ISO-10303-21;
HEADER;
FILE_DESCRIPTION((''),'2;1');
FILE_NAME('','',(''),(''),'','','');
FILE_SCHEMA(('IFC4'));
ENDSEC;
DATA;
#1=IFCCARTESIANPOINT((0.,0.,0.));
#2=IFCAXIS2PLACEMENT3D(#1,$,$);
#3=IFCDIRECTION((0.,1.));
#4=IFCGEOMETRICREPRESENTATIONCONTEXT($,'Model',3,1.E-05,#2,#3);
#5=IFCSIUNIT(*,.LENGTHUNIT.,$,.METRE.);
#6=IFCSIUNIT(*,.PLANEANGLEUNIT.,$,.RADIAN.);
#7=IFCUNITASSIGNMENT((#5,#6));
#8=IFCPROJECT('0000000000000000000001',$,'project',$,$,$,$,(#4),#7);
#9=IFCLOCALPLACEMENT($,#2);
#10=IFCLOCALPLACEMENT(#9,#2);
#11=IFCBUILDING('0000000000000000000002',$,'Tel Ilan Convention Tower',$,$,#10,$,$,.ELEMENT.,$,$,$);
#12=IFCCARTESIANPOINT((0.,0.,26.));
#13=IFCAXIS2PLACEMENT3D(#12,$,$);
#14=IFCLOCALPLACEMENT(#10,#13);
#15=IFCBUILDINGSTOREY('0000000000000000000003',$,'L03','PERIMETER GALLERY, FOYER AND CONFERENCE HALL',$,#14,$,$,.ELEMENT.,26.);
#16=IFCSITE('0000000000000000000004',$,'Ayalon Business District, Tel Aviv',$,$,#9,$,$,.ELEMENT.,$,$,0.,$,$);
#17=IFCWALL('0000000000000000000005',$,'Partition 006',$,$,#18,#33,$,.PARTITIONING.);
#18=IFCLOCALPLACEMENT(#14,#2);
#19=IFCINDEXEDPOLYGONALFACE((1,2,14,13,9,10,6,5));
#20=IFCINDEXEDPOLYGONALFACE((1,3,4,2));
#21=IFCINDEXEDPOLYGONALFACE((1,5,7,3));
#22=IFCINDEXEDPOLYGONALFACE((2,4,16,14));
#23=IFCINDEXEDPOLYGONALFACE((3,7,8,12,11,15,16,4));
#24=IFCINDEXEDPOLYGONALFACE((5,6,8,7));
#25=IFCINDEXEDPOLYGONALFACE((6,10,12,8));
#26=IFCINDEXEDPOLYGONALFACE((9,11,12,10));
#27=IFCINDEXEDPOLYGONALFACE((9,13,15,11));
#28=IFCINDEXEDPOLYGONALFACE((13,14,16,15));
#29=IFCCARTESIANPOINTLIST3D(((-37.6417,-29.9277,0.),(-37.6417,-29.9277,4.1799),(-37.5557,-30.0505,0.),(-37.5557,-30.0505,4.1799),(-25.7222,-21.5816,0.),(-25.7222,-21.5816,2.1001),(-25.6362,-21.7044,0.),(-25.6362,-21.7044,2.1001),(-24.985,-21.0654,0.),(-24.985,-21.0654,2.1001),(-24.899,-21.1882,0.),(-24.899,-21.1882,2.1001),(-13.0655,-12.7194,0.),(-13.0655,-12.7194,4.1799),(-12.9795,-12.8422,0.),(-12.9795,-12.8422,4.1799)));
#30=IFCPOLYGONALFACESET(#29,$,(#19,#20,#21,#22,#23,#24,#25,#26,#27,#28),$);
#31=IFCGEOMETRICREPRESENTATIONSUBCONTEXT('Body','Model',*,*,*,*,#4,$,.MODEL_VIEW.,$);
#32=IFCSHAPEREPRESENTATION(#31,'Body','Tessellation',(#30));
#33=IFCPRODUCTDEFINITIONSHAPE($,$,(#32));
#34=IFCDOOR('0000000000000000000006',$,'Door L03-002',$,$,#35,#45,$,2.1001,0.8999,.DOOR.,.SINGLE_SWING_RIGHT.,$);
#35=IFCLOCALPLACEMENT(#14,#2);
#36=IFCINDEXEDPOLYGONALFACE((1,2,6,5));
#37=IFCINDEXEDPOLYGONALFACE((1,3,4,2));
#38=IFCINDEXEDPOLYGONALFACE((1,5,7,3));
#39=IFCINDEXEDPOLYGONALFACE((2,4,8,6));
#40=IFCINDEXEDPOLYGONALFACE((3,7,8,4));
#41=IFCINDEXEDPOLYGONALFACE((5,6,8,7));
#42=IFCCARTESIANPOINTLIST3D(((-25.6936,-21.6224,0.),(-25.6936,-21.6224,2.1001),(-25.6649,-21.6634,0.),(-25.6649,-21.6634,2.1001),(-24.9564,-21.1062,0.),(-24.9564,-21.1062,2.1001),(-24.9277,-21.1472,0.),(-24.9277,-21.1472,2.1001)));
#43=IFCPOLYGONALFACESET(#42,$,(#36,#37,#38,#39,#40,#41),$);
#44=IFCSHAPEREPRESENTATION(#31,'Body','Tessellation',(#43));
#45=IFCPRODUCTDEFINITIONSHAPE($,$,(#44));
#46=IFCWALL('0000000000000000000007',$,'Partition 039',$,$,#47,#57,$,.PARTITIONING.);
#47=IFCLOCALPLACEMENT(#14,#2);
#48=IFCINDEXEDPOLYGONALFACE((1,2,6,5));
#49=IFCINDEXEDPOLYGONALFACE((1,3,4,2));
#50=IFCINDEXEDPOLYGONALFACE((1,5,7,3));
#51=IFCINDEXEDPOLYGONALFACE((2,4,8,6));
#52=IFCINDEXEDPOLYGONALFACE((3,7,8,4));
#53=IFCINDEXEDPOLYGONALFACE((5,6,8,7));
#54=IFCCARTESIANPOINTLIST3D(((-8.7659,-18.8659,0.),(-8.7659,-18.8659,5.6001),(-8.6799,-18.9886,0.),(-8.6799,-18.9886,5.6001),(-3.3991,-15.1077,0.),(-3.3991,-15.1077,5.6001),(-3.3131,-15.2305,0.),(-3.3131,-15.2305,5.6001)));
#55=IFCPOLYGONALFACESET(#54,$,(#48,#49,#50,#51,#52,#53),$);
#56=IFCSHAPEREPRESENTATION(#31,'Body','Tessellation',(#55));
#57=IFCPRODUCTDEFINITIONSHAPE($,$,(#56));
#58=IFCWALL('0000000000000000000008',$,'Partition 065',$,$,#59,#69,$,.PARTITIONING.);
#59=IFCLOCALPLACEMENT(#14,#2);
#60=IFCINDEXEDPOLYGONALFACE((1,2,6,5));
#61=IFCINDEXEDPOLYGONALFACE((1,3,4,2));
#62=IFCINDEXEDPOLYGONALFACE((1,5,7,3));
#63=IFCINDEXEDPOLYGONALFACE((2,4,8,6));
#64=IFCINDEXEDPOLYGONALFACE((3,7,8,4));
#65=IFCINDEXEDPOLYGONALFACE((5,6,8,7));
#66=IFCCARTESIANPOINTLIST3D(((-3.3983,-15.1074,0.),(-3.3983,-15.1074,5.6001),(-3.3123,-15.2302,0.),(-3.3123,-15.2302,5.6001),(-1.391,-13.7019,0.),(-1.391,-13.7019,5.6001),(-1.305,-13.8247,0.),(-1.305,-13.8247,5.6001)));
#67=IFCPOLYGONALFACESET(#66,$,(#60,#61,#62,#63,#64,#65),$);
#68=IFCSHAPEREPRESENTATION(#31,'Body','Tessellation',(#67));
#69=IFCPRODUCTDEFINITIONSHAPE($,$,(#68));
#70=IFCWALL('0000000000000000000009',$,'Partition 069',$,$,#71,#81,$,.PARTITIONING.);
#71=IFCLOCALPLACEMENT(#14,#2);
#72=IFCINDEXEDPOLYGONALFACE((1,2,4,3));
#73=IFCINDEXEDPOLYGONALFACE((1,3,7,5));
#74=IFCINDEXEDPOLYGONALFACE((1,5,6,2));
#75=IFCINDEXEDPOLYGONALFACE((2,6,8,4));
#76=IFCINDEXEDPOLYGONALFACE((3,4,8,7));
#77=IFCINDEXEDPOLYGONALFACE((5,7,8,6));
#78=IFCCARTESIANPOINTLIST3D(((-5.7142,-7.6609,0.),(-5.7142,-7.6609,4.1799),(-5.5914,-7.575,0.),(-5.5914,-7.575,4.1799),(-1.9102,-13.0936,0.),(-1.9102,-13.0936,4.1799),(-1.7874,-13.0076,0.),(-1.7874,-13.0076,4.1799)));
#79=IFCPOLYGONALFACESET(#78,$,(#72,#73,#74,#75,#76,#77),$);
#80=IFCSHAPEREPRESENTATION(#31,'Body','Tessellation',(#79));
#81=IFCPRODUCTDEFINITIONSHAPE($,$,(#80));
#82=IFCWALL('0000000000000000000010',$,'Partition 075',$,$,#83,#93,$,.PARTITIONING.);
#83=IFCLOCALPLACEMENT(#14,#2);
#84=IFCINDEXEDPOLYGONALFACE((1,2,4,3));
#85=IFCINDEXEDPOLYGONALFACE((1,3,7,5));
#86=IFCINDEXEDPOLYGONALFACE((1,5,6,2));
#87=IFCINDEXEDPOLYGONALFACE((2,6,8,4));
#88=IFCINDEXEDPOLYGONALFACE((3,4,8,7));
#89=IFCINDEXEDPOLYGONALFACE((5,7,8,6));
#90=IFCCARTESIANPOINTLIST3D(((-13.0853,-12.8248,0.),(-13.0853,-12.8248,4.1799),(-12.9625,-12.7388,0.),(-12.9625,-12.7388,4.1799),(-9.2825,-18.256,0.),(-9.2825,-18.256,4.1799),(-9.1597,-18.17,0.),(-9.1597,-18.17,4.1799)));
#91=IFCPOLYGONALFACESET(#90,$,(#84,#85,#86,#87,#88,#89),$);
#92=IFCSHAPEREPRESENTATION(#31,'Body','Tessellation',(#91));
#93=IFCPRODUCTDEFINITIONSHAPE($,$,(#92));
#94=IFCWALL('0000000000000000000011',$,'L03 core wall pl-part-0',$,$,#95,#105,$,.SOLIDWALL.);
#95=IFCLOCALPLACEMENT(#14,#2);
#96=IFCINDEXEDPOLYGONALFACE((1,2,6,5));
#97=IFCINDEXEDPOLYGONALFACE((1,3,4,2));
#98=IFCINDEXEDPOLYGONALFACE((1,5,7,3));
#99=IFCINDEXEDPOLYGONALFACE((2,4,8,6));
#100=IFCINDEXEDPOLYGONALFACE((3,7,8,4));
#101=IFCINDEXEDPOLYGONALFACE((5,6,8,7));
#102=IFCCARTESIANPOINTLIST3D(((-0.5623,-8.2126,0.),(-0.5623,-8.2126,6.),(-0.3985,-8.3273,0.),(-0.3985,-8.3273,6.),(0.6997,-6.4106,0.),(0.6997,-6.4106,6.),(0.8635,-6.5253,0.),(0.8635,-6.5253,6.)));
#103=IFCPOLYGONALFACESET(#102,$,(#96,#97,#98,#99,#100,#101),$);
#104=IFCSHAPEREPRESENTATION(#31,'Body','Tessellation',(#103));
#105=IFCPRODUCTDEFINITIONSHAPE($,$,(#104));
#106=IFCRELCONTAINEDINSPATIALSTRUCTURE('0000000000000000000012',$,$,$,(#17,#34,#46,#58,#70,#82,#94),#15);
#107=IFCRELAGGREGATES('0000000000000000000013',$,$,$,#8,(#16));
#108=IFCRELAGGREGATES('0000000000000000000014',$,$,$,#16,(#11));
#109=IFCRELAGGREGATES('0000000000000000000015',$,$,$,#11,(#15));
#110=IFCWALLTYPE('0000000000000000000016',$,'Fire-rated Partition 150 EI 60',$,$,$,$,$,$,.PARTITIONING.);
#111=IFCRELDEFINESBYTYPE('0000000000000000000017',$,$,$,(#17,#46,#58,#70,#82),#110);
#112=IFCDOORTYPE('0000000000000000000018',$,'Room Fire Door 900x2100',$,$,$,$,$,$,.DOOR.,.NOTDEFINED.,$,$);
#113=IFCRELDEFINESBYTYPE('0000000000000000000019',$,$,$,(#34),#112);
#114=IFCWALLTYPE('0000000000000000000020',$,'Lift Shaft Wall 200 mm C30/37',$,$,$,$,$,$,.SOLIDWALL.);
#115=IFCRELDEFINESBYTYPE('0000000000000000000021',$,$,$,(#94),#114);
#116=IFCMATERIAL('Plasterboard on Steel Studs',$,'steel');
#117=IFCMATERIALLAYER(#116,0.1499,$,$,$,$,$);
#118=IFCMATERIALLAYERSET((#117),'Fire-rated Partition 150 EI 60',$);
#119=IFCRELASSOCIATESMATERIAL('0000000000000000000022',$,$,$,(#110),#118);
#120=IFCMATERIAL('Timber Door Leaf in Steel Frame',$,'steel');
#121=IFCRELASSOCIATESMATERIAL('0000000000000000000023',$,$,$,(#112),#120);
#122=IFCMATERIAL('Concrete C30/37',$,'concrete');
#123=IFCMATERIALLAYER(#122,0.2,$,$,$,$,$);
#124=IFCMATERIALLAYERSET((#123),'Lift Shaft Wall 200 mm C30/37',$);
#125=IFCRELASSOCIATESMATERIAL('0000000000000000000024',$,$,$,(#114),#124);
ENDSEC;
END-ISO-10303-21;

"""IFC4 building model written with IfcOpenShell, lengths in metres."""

from ifc_helpers import new_model, si_unit, direction, frame, frame_2d, origin, place, context, subcontext, project, spatial, rectangle, extrude, material, layer, layer_set, type_object, element, fill, save


model = new_model("IFC4")

# Units and contexts
model_context = context("Model", 3, precision=1e-05, world=origin(), true_north=direction((0.0, 1.0)))
body_context = subcontext(model_context, "Body", "Model", "MODEL_VIEW")
ifc_project = project(units=[si_unit("LENGTHUNIT", "METRE"), si_unit("PLANEANGLEUNIT", "RADIAN")], contexts=[model_context])

# Site, building, storey
site_placement = place(None, origin())
site = spatial("IfcSite", under=ifc_project, at=site_placement, Name="Ayalon Business District, Tel Aviv", CompositionType="ELEMENT", RefElevation=0.0)
building_placement = place(site_placement, origin())
building = spatial("IfcBuilding", under=site, at=building_placement, Name="Tel Ilan Convention Tower", CompositionType="ELEMENT")
storey_placement = place(building_placement, frame((0.0, 0.0, 26.0)))
storey = spatial("IfcBuildingStorey", under=building, at=storey_placement, Name="L03", Description="PERIMETER GALLERY, FOYER AND CONFERENCE HALL", CompositionType="ELEMENT", Elevation=26.0)

# Wall, opening, door
ifc_material_1 = material(Name="Plasterboard on Steel Studs", Category="steel")
ifc_layer_1 = layer(ifc_material_1, 0.1499)
ifc_layer_set_1 = layer_set([ifc_layer_1], Name="Fire-rated Partition 150 EI 60")
wall_type_1 = type_object("IfcWallType", Name="Fire-rated Partition 150 EI 60", PredefinedType="PARTITIONING", material=ifc_layer_set_1)
wall_1_placement = place(storey_placement, frame((-13.0225, -12.7808, 0.0), z_axis=(0.0, 0.0, 1.0), x_axis=(-0.819155, -0.573573, 0.0)))
wall_1 = element("IfcWall", 1, at=wall_1_placement, inside=storey, type_object=wall_type_1, Name="Partition 006", PredefinedType="PARTITIONING", context=body_context, shape_type="SweptSolid", body=[
    extrude(rectangle(XDim=30.002, YDim=0.1499, at=frame_2d((15.001, 0.0))), origin(), (0.0, 0.0, 1.0), 4.1799),
])
opening_placement = place(wall_1_placement, frame((14.551, 0.0, 0.0)))
opening = element("IfcOpeningElement", 2, at=opening_placement, cuts=wall_1, PredefinedType="OPENING", context=body_context, shape_type="SweptSolid", body=[
    extrude(rectangle(XDim=0.8999, YDim=2.1001, at=frame_2d((0.45, 1.05))), frame((0.0, 0.085, 0.0), z_axis=(0.0, -1.0, 0.0), x_axis=(1.0, 0.0, 0.0)), (0.0, 0.0, 1.0), 0.1699),
])
ifc_material_2 = material(Name="Timber Door Leaf in Steel Frame", Category="steel")
door_type = type_object("IfcDoorType", Name="Room Fire Door 900x2100", OperationType="NOTDEFINED", PredefinedType="DOOR", material=ifc_material_2)
door_placement = place(opening_placement, origin())
door = element("IfcDoor", 3, at=door_placement, inside=storey, type_object=door_type, Name="Door L03-002", OperationType="SINGLE_SWING_RIGHT", OverallHeight=2.1001, OverallWidth=0.8999, PredefinedType="DOOR", context=body_context, shape_type="SweptSolid", body=[
    extrude(rectangle(XDim=0.8999, YDim=2.1001, at=frame_2d((0.45, 1.05))), frame((0.0, 0.0249, 0.0), z_axis=(0.0, -1.0, 0.0), x_axis=(1.0, 0.0, 0.0)), (0.0, 0.0, 1.0), 0.05),
])
fill(opening, door)

# Walls
wall_2_placement = place(storey_placement, frame((-8.7229, -18.9272, 0.0), z_axis=(0.0, 0.0, 1.0), x_axis=(0.819134, 0.573602, 0.0)))
element("IfcWall", 4, at=wall_2_placement, inside=storey, type_object=wall_type_1, Name="Partition 039", PredefinedType="PARTITIONING", context=body_context, shape_type="SweptSolid", body=[
    extrude(rectangle(XDim=6.5518, YDim=0.1499, at=frame_2d((3.2759, 0.0))), origin(), (0.0, 0.0, 1.0), 5.6001),
])
wall_3_placement = place(storey_placement, frame((-3.3552, -15.1687, 0.0), z_axis=(0.0, 0.0, 1.0), x_axis=(0.819157, 0.573569, 0.0)))
element("IfcWall", 5, at=wall_3_placement, inside=storey, type_object=wall_type_1, Name="Partition 065", PredefinedType="PARTITIONING", context=body_context, shape_type="SweptSolid", body=[
    extrude(rectangle(XDim=2.4504, YDim=0.1499, at=frame_2d((1.2251, 0.0))), origin(), (0.0, 0.0, 1.0), 5.6001),
])
wall_4_placement = place(storey_placement, frame((-1.8489, -13.0505, 0.0), z_axis=(0.0, 0.0, 1.0), x_axis=(-0.573576, 0.819152, 0.0)))
element("IfcWall", 6, at=wall_4_placement, inside=storey, type_object=wall_type_1, Name="Partition 069", PredefinedType="PARTITIONING", context=body_context, shape_type="SweptSolid", body=[
    extrude(rectangle(XDim=6.6321, YDim=0.1499, at=frame_2d((3.3159, 0.0))), origin(), (0.0, 0.0, 1.0), 4.1799),
])
wall_5_placement = place(storey_placement, frame((-9.2212, -18.2129, 0.0), z_axis=(0.0, 0.0, 1.0), x_axis=(-0.573556, 0.819166, 0.0)))
element("IfcWall", 7, at=wall_5_placement, inside=storey, type_object=wall_type_1, Name="Partition 075", PredefinedType="PARTITIONING", context=body_context, shape_type="SweptSolid", body=[
    extrude(rectangle(XDim=6.6301, YDim=0.1499, at=frame_2d((3.3149, 0.0))), origin(), (0.0, 0.0, 1.0), 4.1799),
])
ifc_material_3 = material(Name="Concrete C30/37", Category="concrete")
ifc_layer_2 = layer(ifc_material_3, 0.2)
ifc_layer_set_2 = layer_set([ifc_layer_2], Name="Lift Shaft Wall 200 mm C30/37")
wall_type_2 = type_object("IfcWallType", Name="Lift Shaft Wall 200 mm C30/37", PredefinedType="SOLIDWALL", material=ifc_layer_set_2)
wall_6_placement = place(storey_placement, frame((-0.4805, -8.27, 0.0), z_axis=(0.0, 0.0, 1.0), x_axis=(0.573634, 0.819112, 0.0)))
element("IfcWall", 8, at=wall_6_placement, inside=storey, type_object=wall_type_2, Name="L03 core wall pl-part-0", PredefinedType="SOLIDWALL", context=body_context, shape_type="SweptSolid", body=[
    extrude(rectangle(XDim=2.2, YDim=0.2, at=frame_2d((1.1001, 0.0))), origin(), (0.0, 0.0, 1.0), 6.0),
])

save(model, "model.ifc")
